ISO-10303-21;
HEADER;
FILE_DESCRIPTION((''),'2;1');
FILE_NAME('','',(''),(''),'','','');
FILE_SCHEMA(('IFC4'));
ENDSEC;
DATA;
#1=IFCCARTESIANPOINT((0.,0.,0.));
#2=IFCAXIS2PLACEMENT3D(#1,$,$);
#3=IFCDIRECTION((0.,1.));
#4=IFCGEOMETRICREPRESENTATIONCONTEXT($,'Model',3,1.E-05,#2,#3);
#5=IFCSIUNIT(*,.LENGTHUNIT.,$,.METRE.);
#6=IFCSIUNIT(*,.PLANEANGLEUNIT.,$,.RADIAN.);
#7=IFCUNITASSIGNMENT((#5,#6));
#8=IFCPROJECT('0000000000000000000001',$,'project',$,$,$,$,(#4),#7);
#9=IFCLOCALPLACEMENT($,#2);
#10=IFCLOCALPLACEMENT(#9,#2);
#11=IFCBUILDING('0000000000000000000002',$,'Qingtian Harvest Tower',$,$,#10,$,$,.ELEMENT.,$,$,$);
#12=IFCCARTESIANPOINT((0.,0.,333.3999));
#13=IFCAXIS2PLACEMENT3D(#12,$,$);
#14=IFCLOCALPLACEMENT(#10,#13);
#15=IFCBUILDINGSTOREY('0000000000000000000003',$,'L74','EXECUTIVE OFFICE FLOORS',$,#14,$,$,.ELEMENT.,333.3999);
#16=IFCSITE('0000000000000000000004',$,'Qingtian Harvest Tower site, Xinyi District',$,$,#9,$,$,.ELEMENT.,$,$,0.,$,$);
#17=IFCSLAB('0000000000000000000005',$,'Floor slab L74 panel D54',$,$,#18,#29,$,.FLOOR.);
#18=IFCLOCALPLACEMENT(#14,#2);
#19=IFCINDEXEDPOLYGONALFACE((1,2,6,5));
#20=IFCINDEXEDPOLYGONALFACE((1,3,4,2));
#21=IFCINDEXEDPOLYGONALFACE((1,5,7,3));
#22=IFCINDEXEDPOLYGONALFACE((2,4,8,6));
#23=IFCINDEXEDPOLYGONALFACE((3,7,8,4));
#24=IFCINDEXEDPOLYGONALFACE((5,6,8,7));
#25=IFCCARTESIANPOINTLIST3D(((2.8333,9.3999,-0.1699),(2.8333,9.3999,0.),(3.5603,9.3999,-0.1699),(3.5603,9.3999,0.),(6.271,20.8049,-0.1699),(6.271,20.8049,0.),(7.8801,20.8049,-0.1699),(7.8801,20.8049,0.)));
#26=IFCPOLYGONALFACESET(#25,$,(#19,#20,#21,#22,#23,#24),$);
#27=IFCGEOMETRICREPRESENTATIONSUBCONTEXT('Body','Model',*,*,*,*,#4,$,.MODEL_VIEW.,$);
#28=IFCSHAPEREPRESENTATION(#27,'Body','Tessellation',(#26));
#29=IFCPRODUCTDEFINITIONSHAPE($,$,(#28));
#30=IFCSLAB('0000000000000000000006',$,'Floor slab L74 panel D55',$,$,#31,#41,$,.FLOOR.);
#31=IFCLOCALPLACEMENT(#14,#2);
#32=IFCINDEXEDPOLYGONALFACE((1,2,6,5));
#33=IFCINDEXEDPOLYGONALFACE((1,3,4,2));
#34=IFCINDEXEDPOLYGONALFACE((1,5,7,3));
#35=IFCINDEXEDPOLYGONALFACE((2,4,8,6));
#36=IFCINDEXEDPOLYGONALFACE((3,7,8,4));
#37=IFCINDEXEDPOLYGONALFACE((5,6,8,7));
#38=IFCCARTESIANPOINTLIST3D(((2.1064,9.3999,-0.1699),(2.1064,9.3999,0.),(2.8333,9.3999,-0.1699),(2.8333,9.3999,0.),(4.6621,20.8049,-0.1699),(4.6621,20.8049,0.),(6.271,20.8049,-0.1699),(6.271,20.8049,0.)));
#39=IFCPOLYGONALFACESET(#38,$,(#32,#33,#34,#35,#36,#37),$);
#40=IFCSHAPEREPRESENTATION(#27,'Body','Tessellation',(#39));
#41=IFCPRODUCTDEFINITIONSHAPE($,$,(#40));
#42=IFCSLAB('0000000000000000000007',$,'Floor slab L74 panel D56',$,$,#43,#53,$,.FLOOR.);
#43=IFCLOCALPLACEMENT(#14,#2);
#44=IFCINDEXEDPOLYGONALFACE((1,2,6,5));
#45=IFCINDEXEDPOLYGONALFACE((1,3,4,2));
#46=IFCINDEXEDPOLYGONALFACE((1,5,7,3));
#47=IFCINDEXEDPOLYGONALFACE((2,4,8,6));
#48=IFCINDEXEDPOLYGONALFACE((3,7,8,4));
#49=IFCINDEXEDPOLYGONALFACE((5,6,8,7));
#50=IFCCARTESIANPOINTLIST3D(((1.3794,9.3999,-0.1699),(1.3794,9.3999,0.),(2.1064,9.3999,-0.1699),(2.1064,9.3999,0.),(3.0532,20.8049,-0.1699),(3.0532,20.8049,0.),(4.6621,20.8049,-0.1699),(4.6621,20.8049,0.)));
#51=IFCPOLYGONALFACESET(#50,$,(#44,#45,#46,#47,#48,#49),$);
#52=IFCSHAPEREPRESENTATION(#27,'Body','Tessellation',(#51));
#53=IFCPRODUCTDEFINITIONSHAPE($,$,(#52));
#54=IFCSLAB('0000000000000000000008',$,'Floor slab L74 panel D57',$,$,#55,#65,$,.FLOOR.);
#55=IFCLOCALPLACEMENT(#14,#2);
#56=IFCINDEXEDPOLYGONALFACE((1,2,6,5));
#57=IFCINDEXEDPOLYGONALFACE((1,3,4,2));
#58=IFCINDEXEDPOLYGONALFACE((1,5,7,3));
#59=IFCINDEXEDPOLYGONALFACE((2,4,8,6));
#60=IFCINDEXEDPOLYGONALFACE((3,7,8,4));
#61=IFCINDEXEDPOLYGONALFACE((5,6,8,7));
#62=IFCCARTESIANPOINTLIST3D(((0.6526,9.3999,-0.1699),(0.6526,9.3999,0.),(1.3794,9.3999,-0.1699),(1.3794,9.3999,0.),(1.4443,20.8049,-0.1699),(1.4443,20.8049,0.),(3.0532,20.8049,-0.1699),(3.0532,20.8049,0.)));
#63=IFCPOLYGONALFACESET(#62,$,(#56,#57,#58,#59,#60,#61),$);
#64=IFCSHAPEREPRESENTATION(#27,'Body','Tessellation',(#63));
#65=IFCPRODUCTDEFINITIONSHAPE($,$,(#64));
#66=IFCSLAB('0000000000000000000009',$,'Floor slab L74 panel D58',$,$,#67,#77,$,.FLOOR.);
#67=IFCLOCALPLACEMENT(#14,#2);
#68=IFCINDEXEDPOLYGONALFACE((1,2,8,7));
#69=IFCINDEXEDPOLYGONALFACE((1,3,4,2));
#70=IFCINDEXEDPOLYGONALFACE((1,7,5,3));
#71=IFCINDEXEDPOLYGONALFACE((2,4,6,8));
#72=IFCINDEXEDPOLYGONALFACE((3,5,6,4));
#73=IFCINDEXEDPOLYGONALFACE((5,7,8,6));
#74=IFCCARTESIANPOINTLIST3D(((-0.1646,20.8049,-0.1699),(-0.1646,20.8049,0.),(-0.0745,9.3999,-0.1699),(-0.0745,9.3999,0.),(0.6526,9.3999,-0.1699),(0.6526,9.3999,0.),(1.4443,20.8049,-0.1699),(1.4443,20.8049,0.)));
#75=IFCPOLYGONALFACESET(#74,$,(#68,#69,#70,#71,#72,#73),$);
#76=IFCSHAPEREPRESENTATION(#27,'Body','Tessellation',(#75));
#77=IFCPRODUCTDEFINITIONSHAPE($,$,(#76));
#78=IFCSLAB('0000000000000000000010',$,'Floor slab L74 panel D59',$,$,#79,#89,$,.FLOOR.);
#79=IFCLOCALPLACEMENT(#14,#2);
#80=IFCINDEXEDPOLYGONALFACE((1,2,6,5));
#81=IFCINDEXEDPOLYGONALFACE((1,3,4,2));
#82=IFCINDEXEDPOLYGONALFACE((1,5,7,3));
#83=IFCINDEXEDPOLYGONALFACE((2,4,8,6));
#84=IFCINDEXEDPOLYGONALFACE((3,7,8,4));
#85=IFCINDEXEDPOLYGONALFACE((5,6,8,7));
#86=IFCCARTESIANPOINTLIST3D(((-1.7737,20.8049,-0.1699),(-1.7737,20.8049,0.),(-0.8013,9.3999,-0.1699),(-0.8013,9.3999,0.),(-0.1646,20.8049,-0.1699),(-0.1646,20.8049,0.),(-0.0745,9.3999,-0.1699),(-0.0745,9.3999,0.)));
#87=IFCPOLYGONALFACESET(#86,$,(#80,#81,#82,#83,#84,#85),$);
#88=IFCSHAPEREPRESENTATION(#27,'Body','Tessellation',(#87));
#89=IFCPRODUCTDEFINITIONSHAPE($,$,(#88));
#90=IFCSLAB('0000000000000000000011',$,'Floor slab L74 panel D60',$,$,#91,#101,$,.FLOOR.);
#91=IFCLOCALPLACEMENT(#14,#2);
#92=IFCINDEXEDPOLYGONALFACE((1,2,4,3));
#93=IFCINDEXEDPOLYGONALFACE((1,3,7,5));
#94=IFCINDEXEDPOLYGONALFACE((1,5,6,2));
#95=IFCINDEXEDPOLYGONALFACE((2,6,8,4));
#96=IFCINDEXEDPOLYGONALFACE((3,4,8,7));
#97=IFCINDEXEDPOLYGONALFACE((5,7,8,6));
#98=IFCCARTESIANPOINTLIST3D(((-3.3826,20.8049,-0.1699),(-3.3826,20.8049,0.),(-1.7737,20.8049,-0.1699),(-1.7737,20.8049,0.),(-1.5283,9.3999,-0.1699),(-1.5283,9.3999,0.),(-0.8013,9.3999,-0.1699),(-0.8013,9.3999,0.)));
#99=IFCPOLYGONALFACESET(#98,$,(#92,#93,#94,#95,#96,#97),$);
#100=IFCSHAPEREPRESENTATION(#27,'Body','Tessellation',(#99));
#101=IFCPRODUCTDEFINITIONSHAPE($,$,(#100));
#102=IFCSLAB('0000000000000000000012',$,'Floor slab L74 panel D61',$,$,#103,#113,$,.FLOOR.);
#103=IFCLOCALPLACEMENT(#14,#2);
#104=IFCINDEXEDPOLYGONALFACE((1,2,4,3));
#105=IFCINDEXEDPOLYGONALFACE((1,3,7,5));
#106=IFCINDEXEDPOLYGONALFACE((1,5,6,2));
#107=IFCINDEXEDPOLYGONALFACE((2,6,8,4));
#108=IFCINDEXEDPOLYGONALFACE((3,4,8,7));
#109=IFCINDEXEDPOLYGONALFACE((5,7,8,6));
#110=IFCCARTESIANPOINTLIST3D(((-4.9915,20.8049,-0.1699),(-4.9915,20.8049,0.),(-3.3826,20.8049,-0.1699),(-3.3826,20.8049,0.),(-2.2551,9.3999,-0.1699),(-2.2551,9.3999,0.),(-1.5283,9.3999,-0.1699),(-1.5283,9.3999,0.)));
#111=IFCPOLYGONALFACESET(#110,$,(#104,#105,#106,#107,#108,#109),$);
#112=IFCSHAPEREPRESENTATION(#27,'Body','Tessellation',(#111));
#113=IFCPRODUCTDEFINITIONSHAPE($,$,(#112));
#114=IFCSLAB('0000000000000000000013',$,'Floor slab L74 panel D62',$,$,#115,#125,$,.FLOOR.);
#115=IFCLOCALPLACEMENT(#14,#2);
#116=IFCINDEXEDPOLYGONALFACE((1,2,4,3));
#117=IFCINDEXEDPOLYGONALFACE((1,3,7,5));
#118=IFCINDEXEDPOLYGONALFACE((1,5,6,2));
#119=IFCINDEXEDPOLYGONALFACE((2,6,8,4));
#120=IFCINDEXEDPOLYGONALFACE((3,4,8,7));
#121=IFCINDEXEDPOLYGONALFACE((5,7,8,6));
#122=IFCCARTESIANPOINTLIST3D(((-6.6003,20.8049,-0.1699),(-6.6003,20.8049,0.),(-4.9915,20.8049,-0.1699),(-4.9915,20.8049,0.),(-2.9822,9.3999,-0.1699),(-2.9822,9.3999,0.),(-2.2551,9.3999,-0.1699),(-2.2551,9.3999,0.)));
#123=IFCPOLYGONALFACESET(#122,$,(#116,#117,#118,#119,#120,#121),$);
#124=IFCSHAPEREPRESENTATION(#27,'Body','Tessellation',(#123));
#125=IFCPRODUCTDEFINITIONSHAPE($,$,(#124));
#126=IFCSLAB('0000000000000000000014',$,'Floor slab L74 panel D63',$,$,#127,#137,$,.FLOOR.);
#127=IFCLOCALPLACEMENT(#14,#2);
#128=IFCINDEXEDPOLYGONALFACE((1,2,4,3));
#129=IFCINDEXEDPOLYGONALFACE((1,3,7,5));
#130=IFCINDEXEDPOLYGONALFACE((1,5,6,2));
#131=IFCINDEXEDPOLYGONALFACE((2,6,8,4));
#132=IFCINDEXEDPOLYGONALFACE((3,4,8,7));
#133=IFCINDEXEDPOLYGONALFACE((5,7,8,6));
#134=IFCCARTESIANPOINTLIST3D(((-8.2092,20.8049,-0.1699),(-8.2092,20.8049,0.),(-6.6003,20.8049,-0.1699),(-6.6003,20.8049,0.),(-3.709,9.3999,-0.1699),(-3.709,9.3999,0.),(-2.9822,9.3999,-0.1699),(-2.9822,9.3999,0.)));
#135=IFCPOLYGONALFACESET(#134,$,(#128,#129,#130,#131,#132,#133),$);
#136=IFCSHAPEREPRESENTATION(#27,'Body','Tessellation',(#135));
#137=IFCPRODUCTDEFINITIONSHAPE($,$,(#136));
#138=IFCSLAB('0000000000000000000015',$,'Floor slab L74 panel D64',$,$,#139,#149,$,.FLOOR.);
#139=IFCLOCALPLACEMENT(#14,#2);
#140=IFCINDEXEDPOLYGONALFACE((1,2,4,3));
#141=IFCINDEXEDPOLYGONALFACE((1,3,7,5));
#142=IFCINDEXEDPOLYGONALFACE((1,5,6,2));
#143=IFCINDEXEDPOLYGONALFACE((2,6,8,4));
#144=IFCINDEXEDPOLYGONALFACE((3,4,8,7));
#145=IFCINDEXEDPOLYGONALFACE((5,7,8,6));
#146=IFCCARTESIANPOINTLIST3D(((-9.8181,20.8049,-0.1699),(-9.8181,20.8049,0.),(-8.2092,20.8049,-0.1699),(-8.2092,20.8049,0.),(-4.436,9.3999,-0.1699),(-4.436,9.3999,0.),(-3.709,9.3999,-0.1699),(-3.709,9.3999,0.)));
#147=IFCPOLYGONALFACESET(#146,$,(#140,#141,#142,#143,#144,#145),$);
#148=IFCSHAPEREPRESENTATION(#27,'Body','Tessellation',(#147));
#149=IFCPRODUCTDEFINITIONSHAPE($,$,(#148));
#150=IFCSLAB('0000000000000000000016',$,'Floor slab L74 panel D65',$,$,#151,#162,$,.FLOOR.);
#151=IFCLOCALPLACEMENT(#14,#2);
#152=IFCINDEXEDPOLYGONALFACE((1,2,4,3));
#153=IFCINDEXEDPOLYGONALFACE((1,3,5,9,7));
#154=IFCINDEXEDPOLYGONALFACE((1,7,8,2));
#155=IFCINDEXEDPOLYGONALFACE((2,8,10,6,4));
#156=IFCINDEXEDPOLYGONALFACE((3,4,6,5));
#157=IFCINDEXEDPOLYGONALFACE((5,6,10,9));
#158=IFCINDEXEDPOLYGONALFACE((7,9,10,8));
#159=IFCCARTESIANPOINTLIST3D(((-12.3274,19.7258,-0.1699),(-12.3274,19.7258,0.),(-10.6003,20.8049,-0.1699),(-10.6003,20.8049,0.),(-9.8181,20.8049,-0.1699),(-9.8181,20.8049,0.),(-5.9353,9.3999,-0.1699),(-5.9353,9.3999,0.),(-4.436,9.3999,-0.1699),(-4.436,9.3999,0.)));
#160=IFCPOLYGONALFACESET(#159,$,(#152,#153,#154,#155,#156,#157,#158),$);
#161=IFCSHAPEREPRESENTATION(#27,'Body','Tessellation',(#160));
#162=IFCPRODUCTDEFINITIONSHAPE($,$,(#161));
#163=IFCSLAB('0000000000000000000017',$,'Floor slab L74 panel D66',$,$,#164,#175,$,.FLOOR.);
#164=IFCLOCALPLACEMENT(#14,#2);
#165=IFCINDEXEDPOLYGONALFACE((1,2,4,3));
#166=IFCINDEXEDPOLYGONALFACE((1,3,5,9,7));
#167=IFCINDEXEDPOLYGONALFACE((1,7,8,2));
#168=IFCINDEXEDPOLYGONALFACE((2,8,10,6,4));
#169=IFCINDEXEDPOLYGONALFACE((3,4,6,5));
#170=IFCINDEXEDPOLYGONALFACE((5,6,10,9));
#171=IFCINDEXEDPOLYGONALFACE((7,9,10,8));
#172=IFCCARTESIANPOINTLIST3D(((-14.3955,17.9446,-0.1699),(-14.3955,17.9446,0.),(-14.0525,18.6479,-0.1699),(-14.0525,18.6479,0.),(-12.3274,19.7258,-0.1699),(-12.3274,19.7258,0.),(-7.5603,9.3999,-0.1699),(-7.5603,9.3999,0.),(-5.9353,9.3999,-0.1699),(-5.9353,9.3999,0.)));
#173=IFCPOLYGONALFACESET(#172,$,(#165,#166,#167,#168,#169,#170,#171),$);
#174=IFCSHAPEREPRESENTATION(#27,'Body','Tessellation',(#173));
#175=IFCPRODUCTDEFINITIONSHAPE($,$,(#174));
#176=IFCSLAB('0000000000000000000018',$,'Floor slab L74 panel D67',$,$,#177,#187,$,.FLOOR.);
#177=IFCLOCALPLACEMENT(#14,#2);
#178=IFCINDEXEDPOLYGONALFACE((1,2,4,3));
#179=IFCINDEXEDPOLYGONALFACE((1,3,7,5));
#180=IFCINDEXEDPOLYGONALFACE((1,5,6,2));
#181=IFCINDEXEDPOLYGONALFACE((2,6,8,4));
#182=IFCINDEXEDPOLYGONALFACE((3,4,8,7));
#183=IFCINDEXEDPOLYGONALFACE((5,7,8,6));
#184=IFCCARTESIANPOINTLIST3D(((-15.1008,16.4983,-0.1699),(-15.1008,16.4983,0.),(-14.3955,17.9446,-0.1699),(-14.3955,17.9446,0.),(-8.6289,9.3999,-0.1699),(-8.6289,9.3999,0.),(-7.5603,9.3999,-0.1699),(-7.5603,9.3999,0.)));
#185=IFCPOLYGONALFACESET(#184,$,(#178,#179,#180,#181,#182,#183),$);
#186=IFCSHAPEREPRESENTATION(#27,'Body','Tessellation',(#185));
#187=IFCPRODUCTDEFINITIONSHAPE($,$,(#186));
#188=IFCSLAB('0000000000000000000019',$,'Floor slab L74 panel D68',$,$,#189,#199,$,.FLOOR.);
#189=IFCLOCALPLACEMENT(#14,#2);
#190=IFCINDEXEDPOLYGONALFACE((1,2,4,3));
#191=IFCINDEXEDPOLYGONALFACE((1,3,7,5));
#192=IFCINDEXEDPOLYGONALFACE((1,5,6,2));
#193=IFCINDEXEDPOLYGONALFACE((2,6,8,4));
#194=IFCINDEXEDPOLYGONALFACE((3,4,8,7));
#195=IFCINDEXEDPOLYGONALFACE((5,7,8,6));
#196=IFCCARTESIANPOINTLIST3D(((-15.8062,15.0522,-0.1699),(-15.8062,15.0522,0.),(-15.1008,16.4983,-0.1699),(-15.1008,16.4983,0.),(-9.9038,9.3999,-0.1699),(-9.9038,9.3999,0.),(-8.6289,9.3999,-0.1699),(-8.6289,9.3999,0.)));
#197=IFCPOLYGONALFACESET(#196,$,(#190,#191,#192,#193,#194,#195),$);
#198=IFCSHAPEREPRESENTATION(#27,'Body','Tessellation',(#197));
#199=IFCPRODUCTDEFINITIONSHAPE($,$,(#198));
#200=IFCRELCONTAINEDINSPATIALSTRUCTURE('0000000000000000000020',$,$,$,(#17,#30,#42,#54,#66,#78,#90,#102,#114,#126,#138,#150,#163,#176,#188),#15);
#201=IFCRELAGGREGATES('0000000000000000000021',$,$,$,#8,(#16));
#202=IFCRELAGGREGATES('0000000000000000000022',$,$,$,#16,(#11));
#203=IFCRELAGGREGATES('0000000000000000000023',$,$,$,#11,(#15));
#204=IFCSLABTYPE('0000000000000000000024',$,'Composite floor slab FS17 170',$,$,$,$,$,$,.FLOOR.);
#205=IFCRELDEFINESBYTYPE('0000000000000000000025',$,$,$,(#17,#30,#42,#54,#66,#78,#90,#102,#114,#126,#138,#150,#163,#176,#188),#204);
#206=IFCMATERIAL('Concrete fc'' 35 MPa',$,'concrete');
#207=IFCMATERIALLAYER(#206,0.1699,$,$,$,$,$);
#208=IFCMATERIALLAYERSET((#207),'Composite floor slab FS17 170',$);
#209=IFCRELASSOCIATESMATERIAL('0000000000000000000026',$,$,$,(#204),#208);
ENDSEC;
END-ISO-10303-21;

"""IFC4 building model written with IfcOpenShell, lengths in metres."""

from ifc_helpers import new_model, si_unit, direction, frame, origin, place, context, subcontext, project, spatial, polyline, outline, extrude, material, layer, layer_set, type_object, element, save


model = new_model("IFC4")

# Units and contexts
model_context = context("Model", 3, precision=1e-05, world=origin(), true_north=direction((0.0, 1.0)))
body_context = subcontext(model_context, "Body", "Model", "MODEL_VIEW")
ifc_project = project(units=[si_unit("LENGTHUNIT", "METRE"), si_unit("PLANEANGLEUNIT", "RADIAN")], contexts=[model_context])

# Site, building, storey
site_placement = place(None, origin())
site = spatial("IfcSite", under=ifc_project, at=site_placement, Name="Qingtian Harvest Tower site, Xinyi District", CompositionType="ELEMENT", RefElevation=0.0)
building_placement = place(site_placement, origin())
building = spatial("IfcBuilding", under=site, at=building_placement, Name="Qingtian Harvest Tower", CompositionType="ELEMENT")
storey_placement = place(building_placement, frame((0.0, 0.0, 333.3999)))
storey = spatial("IfcBuildingStorey", under=building, at=storey_placement, Name="L74", Description="EXECUTIVE OFFICE FLOORS", CompositionType="ELEMENT", Elevation=333.3999)

# Slabs
ifc_material_1 = material(Name="Concrete fc' 35 MPa", Category="concrete")
ifc_layer_1 = layer(ifc_material_1, 0.1699)
ifc_layer_set_1 = layer_set([ifc_layer_1], Name="Composite floor slab FS17 170")
slab_type = type_object("IfcSlabType", Name="Composite floor slab FS17 170", PredefinedType="FLOOR", material=ifc_layer_set_1)
slab_1_placement = place(storey_placement, frame((0.0, 0.0, -0.1699)))
element("IfcSlab", 1, at=slab_1_placement, inside=storey, type_object=slab_type, Name="Floor slab L74 panel D54", PredefinedType="FLOOR", context=body_context, shape_type="SweptSolid", body=[
    extrude(outline(polyline([(2.8333, 9.3999), (6.271, 20.8049), (7.8801, 20.8049), (3.5603, 9.3999), (2.8333, 9.3999)])), origin(), (0.0, 0.0, 1.0), 0.1699),
])
slab_2_placement = place(storey_placement, frame((0.0, 0.0, -0.1699)))
element("IfcSlab", 2, at=slab_2_placement, inside=storey, type_object=slab_type, Name="Floor slab L74 panel D55", PredefinedType="FLOOR", context=body_context, shape_type="SweptSolid", body=[
    extrude(outline(polyline([(2.1064, 9.3999), (4.6621, 20.8049), (6.271, 20.8049), (2.8333, 9.3999), (2.1064, 9.3999)])), origin(), (0.0, 0.0, 1.0), 0.1699),
])
slab_3_placement = place(storey_placement, frame((0.0, 0.0, -0.1699)))
element("IfcSlab", 3, at=slab_3_placement, inside=storey, type_object=slab_type, Name="Floor slab L74 panel D56", PredefinedType="FLOOR", context=body_context, shape_type="SweptSolid", body=[
    extrude(outline(polyline([(1.3794, 9.3999), (3.0532, 20.8049), (4.6621, 20.8049), (2.1064, 9.3999), (1.3794, 9.3999)])), origin(), (0.0, 0.0, 1.0), 0.1699),
])
slab_4_placement = place(storey_placement, frame((0.0, 0.0, -0.1699)))
element("IfcSlab", 4, at=slab_4_placement, inside=storey, type_object=slab_type, Name="Floor slab L74 panel D57", PredefinedType="FLOOR", context=body_context, shape_type="SweptSolid", body=[
    extrude(outline(polyline([(0.6526, 9.3999), (1.4443, 20.8049), (3.0532, 20.8049), (1.3794, 9.3999), (0.6526, 9.3999)])), origin(), (0.0, 0.0, 1.0), 0.1699),
])
slab_5_placement = place(storey_placement, frame((0.0, 0.0, -0.1699)))
element("IfcSlab", 5, at=slab_5_placement, inside=storey, type_object=slab_type, Name="Floor slab L74 panel D58", PredefinedType="FLOOR", context=body_context, shape_type="SweptSolid", body=[
    extrude(outline(polyline([(-0.0745, 9.3999), (-0.1646, 20.8049), (1.4443, 20.8049), (0.6526, 9.3999), (-0.0745, 9.3999)])), origin(), (0.0, 0.0, 1.0), 0.1699),
])
slab_6_placement = place(storey_placement, frame((0.0, 0.0, -0.1699)))
element("IfcSlab", 6, at=slab_6_placement, inside=storey, type_object=slab_type, Name="Floor slab L74 panel D59", PredefinedType="FLOOR", context=body_context, shape_type="SweptSolid", body=[
    extrude(outline(polyline([(-0.8013, 9.3999), (-1.7737, 20.8049), (-0.1646, 20.8049), (-0.0745, 9.3999), (-0.8013, 9.3999)])), origin(), (0.0, 0.0, 1.0), 0.1699),
])
slab_7_placement = place(storey_placement, frame((0.0, 0.0, -0.1699)))
element("IfcSlab", 7, at=slab_7_placement, inside=storey, type_object=slab_type, Name="Floor slab L74 panel D60", PredefinedType="FLOOR", context=body_context, shape_type="SweptSolid", body=[
    extrude(outline(polyline([(-1.5283, 9.3999), (-3.3826, 20.8049), (-1.7737, 20.8049), (-0.8013, 9.3999), (-1.5283, 9.3999)])), origin(), (0.0, 0.0, 1.0), 0.1699),
])
slab_8_placement = place(storey_placement, frame((0.0, 0.0, -0.1699)))
element("IfcSlab", 8, at=slab_8_placement, inside=storey, type_object=slab_type, Name="Floor slab L74 panel D61", PredefinedType="FLOOR", context=body_context, shape_type="SweptSolid", body=[
    extrude(outline(polyline([(-2.2551, 9.3999), (-4.9915, 20.8049), (-3.3826, 20.8049), (-1.5283, 9.3999), (-2.2551, 9.3999)])), origin(), (0.0, 0.0, 1.0), 0.1699),
])
slab_9_placement = place(storey_placement, frame((0.0, 0.0, -0.1699)))
element("IfcSlab", 9, at=slab_9_placement, inside=storey, type_object=slab_type, Name="Floor slab L74 panel D62", PredefinedType="FLOOR", context=body_context, shape_type="SweptSolid", body=[
    extrude(outline(polyline([(-2.9822, 9.3999), (-6.6003, 20.8049), (-4.9915, 20.8049), (-2.2551, 9.3999), (-2.9822, 9.3999)])), origin(), (0.0, 0.0, 1.0), 0.1699),
])
slab_10_placement = place(storey_placement, frame((0.0, 0.0, -0.1699)))
element("IfcSlab", 10, at=slab_10_placement, inside=storey, type_object=slab_type, Name="Floor slab L74 panel D63", PredefinedType="FLOOR", context=body_context, shape_type="SweptSolid", body=[
    extrude(outline(polyline([(-3.709, 9.3999), (-8.2092, 20.8049), (-6.6003, 20.8049), (-2.9822, 9.3999), (-3.709, 9.3999)])), origin(), (0.0, 0.0, 1.0), 0.1699),
])
slab_11_placement = place(storey_placement, frame((0.0, 0.0, -0.1699)))
element("IfcSlab", 11, at=slab_11_placement, inside=storey, type_object=slab_type, Name="Floor slab L74 panel D64", PredefinedType="FLOOR", context=body_context, shape_type="SweptSolid", body=[
    extrude(outline(polyline([(-4.436, 9.3999), (-9.8181, 20.8049), (-8.2092, 20.8049), (-3.709, 9.3999), (-4.436, 9.3999)])), origin(), (0.0, 0.0, 1.0), 0.1699),
])
slab_12_placement = place(storey_placement, frame((0.0, 0.0, -0.1699)))
element("IfcSlab", 12, at=slab_12_placement, inside=storey, type_object=slab_type, Name="Floor slab L74 panel D65", PredefinedType="FLOOR", context=body_context, shape_type="SweptSolid", body=[
    extrude(outline(polyline([(-4.436, 9.3999), (-5.9353, 9.3999), (-12.3274, 19.7258), (-10.6003, 20.8049), (-9.8181, 20.8049), (-4.436, 9.3999)])), origin(), (0.0, 0.0, 1.0), 0.1699),
])
slab_13_placement = place(storey_placement, frame((0.0, 0.0, -0.1699)))
element("IfcSlab", 13, at=slab_13_placement, inside=storey, type_object=slab_type, Name="Floor slab L74 panel D66", PredefinedType="FLOOR", context=body_context, shape_type="SweptSolid", body=[
    extrude(outline(polyline([(-5.9353, 9.3999), (-7.5603, 9.3999), (-14.3955, 17.9446), (-14.0525, 18.6479), (-12.3274, 19.7258), (-5.9353, 9.3999)])), origin(), (0.0, 0.0, 1.0), 0.1699),
])
slab_14_placement = place(storey_placement, frame((0.0, 0.0, -0.1699)))
element("IfcSlab", 14, at=slab_14_placement, inside=storey, type_object=slab_type, Name="Floor slab L74 panel D67", PredefinedType="FLOOR", context=body_context, shape_type="SweptSolid", body=[
    extrude(outline(polyline([(-8.6289, 9.3999), (-15.1008, 16.4983), (-14.3955, 17.9446), (-7.5603, 9.3999), (-8.6289, 9.3999)])), origin(), (0.0, 0.0, 1.0), 0.1699),
])
slab_15_placement = place(storey_placement, frame((0.0, 0.0, -0.1699)))
element("IfcSlab", 15, at=slab_15_placement, inside=storey, type_object=slab_type, Name="Floor slab L74 panel D68", PredefinedType="FLOOR", context=body_context, shape_type="SweptSolid", body=[
    extrude(outline(polyline([(-9.9038, 9.3999), (-15.8062, 15.0522), (-15.1008, 16.4983), (-8.6289, 9.3999), (-9.9038, 9.3999)])), origin(), (0.0, 0.0, 1.0), 0.1699),
])

save(model, "model.ifc")
